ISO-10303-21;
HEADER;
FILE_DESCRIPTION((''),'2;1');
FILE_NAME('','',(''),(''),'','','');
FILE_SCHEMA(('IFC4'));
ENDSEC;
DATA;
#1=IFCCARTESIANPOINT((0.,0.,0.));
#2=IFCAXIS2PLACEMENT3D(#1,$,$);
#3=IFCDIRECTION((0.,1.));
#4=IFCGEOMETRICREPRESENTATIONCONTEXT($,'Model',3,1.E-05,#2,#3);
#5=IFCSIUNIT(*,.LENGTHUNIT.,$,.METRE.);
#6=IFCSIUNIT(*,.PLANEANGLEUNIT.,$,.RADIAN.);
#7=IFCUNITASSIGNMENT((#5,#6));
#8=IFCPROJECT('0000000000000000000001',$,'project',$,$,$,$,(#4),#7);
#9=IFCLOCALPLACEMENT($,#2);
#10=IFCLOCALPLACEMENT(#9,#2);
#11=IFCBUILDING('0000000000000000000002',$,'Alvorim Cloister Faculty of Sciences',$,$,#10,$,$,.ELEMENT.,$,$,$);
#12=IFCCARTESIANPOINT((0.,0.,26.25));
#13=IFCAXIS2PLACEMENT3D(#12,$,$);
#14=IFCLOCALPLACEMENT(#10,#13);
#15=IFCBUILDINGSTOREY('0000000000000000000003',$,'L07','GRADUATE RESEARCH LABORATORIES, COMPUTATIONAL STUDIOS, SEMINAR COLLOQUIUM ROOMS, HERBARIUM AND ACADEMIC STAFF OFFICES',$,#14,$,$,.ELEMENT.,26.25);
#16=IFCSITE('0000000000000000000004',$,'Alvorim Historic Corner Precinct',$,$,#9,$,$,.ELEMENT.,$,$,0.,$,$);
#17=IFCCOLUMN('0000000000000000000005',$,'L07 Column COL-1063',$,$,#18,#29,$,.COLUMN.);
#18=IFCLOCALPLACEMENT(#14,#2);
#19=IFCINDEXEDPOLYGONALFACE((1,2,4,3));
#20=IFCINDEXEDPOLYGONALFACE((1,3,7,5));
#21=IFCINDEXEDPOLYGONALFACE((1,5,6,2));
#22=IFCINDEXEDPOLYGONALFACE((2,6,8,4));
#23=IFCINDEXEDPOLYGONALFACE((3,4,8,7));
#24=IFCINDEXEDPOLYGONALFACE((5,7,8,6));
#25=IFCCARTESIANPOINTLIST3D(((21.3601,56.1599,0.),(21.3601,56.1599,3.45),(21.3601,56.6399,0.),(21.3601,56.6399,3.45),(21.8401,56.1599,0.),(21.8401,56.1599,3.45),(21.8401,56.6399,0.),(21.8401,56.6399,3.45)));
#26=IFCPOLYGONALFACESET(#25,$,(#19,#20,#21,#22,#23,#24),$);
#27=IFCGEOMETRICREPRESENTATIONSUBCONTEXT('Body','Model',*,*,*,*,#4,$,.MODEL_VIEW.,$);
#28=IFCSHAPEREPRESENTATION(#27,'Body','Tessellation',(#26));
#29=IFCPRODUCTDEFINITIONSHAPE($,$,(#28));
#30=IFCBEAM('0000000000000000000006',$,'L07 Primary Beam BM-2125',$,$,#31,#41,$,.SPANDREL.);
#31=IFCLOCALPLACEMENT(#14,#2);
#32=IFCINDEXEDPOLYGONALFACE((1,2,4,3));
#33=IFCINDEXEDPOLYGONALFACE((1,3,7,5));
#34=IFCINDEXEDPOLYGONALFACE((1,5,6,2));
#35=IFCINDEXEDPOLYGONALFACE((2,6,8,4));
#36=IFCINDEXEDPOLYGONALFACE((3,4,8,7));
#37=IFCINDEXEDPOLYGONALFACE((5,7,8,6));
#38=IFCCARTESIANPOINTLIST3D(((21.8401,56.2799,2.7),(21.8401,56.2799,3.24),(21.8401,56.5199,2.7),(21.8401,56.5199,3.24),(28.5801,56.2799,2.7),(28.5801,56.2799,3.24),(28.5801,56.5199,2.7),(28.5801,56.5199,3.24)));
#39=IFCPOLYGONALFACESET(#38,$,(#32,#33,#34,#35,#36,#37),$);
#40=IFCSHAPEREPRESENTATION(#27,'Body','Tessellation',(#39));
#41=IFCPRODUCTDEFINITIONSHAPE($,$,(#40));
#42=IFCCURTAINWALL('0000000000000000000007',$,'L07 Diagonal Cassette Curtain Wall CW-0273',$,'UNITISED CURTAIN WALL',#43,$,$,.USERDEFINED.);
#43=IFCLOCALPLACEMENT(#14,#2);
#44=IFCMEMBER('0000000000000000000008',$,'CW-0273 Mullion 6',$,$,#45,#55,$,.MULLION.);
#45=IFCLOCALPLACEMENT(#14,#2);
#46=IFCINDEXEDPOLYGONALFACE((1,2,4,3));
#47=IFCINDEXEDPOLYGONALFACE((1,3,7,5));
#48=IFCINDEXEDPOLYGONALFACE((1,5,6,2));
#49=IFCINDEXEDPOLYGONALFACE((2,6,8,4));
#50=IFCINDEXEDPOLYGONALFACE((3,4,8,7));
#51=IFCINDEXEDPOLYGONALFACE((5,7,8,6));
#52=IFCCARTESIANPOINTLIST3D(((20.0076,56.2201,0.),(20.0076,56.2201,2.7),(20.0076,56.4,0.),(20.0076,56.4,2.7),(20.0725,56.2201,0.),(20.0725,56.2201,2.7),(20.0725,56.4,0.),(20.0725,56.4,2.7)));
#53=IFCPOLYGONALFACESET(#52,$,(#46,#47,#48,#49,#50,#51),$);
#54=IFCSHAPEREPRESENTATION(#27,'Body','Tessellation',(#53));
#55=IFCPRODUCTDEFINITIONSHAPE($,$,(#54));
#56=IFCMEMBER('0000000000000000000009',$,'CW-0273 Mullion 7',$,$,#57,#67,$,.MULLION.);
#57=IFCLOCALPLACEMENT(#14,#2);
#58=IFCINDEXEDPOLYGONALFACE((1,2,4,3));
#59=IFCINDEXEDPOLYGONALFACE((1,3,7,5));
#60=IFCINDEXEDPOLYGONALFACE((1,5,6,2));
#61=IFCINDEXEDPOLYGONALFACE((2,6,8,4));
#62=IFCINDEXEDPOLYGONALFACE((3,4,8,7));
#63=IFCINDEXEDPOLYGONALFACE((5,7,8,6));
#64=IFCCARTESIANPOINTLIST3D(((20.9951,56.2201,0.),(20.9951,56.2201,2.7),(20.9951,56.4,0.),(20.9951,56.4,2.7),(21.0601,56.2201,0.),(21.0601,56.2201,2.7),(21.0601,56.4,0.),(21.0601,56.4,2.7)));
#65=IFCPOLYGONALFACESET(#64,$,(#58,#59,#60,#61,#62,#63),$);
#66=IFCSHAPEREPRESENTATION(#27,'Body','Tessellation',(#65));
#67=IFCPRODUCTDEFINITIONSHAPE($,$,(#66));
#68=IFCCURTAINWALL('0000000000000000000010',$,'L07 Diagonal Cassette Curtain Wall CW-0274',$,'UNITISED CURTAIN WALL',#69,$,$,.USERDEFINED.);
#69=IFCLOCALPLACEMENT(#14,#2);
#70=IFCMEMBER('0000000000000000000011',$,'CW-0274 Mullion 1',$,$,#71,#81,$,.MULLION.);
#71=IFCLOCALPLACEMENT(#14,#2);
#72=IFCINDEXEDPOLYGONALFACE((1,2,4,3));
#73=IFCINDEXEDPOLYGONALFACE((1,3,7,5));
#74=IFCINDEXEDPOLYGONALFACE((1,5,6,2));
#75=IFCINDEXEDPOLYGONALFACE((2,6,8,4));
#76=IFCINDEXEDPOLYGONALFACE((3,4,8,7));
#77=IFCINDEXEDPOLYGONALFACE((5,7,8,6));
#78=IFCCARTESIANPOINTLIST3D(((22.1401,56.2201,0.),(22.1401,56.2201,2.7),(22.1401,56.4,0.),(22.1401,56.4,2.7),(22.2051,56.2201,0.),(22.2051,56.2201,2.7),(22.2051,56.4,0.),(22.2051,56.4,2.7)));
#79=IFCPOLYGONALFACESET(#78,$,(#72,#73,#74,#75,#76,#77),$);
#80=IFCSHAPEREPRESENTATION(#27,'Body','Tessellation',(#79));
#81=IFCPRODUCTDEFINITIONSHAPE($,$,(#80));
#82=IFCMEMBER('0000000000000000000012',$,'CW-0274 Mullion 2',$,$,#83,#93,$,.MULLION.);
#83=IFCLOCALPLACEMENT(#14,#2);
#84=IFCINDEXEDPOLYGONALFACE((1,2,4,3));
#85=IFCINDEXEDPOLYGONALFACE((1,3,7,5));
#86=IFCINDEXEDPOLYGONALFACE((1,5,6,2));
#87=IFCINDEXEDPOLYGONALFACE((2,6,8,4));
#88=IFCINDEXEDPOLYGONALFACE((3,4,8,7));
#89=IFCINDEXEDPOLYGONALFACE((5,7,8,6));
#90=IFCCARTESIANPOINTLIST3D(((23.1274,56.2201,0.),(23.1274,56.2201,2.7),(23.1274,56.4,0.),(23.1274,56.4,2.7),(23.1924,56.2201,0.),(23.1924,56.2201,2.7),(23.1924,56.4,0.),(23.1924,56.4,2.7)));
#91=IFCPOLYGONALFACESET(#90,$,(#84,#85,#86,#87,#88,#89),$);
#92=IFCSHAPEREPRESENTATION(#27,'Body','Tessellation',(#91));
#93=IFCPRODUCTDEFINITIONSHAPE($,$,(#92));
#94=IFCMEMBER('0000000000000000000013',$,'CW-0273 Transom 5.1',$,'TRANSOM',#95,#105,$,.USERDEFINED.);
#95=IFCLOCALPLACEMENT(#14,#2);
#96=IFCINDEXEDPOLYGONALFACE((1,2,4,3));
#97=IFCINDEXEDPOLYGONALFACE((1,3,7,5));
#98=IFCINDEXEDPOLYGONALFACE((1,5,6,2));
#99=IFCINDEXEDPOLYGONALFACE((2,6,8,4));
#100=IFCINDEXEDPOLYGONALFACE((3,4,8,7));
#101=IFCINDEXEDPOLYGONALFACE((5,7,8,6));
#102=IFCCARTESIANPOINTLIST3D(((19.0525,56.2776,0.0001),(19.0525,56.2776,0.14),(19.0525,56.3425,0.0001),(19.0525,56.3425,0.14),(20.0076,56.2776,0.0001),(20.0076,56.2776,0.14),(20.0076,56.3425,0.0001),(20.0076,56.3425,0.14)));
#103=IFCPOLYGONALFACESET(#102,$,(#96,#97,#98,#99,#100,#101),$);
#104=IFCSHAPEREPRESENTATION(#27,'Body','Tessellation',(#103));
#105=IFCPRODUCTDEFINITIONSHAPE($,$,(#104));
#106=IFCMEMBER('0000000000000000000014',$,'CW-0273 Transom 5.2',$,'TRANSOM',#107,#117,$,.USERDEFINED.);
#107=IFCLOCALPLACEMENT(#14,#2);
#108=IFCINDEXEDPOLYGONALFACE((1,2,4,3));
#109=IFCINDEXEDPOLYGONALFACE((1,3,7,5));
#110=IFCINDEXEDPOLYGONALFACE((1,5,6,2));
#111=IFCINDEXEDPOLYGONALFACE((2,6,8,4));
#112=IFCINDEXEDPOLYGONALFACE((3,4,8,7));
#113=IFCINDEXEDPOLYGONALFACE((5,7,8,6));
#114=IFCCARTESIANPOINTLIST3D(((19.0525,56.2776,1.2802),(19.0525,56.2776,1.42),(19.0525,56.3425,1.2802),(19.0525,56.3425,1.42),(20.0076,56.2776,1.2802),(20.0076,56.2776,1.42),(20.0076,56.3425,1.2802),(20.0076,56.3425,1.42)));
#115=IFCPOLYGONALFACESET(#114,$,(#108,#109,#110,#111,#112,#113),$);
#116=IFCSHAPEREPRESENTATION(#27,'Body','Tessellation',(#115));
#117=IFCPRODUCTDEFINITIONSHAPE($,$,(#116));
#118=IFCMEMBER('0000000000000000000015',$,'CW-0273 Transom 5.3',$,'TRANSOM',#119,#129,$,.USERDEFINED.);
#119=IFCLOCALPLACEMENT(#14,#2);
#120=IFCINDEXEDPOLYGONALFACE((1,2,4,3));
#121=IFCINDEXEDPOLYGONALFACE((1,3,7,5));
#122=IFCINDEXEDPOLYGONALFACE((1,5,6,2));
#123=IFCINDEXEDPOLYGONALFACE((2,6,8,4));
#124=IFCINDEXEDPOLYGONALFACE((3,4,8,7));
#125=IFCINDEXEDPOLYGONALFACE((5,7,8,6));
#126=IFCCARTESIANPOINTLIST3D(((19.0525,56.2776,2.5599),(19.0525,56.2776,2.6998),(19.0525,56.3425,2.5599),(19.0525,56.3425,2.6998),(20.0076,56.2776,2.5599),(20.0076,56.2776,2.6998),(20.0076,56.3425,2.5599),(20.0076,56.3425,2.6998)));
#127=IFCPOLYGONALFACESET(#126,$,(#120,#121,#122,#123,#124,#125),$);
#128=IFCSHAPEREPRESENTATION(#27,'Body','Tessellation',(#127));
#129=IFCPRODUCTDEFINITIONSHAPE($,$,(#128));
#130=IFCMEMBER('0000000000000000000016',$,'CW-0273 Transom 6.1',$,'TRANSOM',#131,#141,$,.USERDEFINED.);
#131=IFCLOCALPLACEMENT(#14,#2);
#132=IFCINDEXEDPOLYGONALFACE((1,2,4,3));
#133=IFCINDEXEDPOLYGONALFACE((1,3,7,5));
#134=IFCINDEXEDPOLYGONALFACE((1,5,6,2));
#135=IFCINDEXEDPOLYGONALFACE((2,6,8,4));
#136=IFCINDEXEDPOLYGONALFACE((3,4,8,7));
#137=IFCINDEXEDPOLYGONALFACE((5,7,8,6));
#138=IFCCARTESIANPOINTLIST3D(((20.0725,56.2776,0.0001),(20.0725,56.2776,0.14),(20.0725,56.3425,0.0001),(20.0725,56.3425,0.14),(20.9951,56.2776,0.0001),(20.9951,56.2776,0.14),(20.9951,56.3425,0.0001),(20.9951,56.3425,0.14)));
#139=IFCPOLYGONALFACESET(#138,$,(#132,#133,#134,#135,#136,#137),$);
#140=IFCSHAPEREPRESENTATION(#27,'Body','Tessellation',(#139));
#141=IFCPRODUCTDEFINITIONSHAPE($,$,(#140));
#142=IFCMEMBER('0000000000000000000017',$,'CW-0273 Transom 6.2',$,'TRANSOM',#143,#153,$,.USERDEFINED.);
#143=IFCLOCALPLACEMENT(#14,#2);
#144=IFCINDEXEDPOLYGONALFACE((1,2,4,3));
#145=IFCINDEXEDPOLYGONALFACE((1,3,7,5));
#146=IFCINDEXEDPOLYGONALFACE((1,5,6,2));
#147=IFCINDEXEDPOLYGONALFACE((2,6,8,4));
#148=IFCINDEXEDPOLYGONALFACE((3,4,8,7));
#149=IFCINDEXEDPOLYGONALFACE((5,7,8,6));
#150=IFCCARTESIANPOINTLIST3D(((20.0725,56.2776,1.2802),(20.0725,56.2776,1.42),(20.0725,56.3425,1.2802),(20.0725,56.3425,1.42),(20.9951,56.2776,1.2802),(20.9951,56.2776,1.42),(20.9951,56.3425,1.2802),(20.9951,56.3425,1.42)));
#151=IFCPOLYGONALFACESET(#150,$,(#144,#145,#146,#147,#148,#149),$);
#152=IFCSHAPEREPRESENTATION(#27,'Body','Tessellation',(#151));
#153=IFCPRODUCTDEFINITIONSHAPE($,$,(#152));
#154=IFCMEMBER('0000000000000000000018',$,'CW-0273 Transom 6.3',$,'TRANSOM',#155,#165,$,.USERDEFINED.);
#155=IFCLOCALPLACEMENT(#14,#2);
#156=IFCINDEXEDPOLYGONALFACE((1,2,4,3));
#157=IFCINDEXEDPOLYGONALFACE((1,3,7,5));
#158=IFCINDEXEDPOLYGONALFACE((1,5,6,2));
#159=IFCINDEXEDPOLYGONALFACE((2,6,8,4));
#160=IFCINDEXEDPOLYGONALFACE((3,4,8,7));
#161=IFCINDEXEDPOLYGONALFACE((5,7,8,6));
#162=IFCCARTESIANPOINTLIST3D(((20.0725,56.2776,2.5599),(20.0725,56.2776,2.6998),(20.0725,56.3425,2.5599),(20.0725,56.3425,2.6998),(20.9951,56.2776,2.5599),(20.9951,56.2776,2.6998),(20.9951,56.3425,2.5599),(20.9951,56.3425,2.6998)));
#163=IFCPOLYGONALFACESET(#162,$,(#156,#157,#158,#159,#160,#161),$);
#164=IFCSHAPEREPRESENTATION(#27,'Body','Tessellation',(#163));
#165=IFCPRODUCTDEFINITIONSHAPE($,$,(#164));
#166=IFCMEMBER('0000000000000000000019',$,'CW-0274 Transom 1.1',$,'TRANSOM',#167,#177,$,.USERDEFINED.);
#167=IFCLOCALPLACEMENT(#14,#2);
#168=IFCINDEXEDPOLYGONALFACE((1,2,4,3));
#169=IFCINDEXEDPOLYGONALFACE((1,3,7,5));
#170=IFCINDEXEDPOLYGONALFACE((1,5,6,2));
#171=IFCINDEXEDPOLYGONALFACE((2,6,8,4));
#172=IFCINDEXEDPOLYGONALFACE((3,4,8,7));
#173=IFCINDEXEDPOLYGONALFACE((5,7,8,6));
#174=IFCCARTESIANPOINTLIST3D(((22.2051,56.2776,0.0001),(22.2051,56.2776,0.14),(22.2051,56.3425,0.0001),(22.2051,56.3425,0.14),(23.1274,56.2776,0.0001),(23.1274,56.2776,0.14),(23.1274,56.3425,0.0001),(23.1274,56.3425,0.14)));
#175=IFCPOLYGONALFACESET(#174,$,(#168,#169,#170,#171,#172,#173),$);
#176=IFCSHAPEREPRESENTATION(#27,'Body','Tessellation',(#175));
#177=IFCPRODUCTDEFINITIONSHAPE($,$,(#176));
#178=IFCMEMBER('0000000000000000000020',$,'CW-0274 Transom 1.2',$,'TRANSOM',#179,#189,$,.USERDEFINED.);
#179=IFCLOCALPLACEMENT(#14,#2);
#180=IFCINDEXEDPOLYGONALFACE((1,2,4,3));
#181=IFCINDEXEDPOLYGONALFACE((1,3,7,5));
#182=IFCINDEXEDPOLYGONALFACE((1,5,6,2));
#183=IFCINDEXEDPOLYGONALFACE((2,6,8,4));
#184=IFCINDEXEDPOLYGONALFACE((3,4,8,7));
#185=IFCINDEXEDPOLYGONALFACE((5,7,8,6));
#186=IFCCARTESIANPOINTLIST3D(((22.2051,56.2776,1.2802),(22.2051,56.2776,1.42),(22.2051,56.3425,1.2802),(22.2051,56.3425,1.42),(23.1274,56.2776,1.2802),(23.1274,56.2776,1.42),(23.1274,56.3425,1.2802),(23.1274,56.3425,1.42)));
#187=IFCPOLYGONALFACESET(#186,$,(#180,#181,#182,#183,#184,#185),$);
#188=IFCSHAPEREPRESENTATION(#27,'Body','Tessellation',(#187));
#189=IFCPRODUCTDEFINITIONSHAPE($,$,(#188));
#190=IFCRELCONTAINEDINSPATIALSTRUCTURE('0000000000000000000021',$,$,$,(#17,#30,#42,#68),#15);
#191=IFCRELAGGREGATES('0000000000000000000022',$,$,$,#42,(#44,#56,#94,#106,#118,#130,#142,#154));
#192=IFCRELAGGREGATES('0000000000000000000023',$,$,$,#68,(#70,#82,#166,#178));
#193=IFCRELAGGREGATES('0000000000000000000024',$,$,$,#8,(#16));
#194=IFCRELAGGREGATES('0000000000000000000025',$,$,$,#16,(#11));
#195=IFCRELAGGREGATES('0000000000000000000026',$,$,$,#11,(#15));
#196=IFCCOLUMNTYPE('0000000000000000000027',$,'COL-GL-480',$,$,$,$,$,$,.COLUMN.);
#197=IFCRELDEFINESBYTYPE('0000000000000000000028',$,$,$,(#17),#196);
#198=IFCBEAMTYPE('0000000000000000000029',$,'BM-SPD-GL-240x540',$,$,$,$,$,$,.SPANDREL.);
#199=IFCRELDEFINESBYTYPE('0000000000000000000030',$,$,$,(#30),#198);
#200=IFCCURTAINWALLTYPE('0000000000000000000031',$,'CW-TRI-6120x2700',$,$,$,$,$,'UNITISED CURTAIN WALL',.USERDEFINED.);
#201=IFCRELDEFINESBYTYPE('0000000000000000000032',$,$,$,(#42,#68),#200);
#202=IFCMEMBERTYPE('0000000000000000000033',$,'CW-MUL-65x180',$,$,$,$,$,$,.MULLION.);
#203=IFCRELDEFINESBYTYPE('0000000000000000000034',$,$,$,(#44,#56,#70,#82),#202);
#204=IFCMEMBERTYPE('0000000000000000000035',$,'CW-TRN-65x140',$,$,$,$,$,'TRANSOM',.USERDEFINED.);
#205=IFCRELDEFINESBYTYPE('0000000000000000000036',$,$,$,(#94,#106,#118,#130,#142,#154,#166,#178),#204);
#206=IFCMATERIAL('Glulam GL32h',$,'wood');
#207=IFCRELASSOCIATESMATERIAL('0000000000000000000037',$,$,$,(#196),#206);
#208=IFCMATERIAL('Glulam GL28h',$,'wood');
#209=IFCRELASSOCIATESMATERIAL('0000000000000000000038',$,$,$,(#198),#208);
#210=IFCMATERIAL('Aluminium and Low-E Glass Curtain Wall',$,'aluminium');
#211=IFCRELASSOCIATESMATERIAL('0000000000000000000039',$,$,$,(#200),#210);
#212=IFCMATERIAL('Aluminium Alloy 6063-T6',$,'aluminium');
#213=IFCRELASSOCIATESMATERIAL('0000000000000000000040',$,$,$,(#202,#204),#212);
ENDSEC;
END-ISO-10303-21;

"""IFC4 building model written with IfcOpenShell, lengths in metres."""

from ifc_helpers import new_model, si_unit, direction, frame, origin, origin_2d, place, context, subcontext, project, spatial, rectangle, extrude, material, material_profile, profile_set, type_object, element, aggregate, save


model = new_model("IFC4")

# Units and contexts
model_context = context("Model", 3, precision=1e-05, world=origin(), true_north=direction((0.0, 1.0)))
body_context = subcontext(model_context, "Body", "Model", "MODEL_VIEW")
ifc_project = project(units=[si_unit("LENGTHUNIT", "METRE"), si_unit("PLANEANGLEUNIT", "RADIAN")], contexts=[model_context])

# Site, building, storey
site_placement = place(None, origin())
site = spatial("IfcSite", under=ifc_project, at=site_placement, Name="Alvorim Historic Corner Precinct", CompositionType="ELEMENT", RefElevation=0.0)
building_placement = place(site_placement, origin())
building = spatial("IfcBuilding", under=site, at=building_placement, Name="Alvorim Cloister Faculty of Sciences", CompositionType="ELEMENT")
storey_placement = place(building_placement, frame((0.0, 0.0, 26.25)))
storey = spatial("IfcBuildingStorey", under=building, at=storey_placement, Name="L07", Description="GRADUATE RESEARCH LABORATORIES, COMPUTATIONAL STUDIOS, SEMINAR COLLOQUIUM ROOMS, HERBARIUM AND ACADEMIC STAFF OFFICES", CompositionType="ELEMENT", Elevation=26.25)

# Column
ifc_material_1 = material(Name="Glulam GL32h", Category="wood")
ifc_material_profile_1 = material_profile(ifc_material_1, rectangle(XDim=0.48, YDim=0.48, at=origin_2d()), Name="GL32-COL-480x480")
ifc_profile_set_1 = profile_set([ifc_material_profile_1], Name="Glulam GL32h")
column_type = type_object("IfcColumnType", Name="COL-GL-480", PredefinedType="COLUMN", material=ifc_profile_set_1)
column_placement = place(storey_placement, frame((21.6001, 56.3999, 0.0), z_axis=(0.0, 0.0, 1.0), x_axis=(1.0, 0.0, 0.0)))
element("IfcColumn", 1, at=column_placement, inside=storey, type_object=column_type, Name="L07 Column COL-1063", PredefinedType="COLUMN", context=body_context, shape_type="SweptSolid", body=[
    extrude(rectangle(XDim=0.48, YDim=0.48, at=origin_2d()), origin(), (0.0, 0.0, 1.0), 3.45),
])

# Beam
ifc_material_2 = material(Name="Glulam GL28h", Category="wood")
ifc_material_profile_2 = material_profile(ifc_material_2, rectangle(XDim=0.24, YDim=0.54, at=origin_2d()), Name="GL28-SPD-240x540")
ifc_profile_set_2 = profile_set([ifc_material_profile_2], Name="Glulam GL28h")
beam_type = type_object("IfcBeamType", Name="BM-SPD-GL-240x540", PredefinedType="SPANDREL", material=ifc_profile_set_2)
beam_placement = place(storey_placement, frame((21.8401, 56.3999, 2.97), z_axis=(1.0, 0.0, 0.0), x_axis=(0.0, 1.0, 0.0)))
element("IfcBeam", 2, at=beam_placement, inside=storey, type_object=beam_type, Name="L07 Primary Beam BM-2125", PredefinedType="SPANDREL", context=body_context, shape_type="SweptSolid", body=[
    extrude(rectangle(XDim=0.24, YDim=0.54, at=origin_2d()), origin(), (0.0, 0.0, 1.0), 6.74),
])

# Curtain walls, members
ifc_material_3 = material(Name="Aluminium and Low-E Glass Curtain Wall", Category="aluminium")
curtain_wall_type = type_object("IfcCurtainWallType", Name="CW-TRI-6120x2700", ElementType="UNITISED CURTAIN WALL", PredefinedType="USERDEFINED", material=ifc_material_3)
curtain_wall_1_placement = place(storey_placement, origin())
curtain_wall_1 = element("IfcCurtainWall", 3, at=curtain_wall_1_placement, inside=storey, type_object=curtain_wall_type, Name="L07 Diagonal Cassette Curtain Wall CW-0273", ObjectType="UNITISED CURTAIN WALL", PredefinedType="USERDEFINED")
ifc_material_4 = material(Name="Aluminium Alloy 6063-T6", Category="aluminium")
ifc_material_profile_3 = material_profile(ifc_material_4, rectangle(XDim=0.0649, YDim=0.1799, at=origin_2d()), Name="ALU-MUL-65x180")
ifc_profile_set_3 = profile_set([ifc_material_profile_3], Name="Aluminium Alloy 6063-T6")
member_type_1 = type_object("IfcMemberType", Name="CW-MUL-65x180", PredefinedType="MULLION", material=ifc_profile_set_3)
member_1_placement = place(storey_placement, frame((20.04, 56.3101, 0.0), z_axis=(0.0, 0.0, 1.0), x_axis=(1.0, 0.0, 0.0)))
member_1 = element("IfcMember", 4, at=member_1_placement, type_object=member_type_1, Name="CW-0273 Mullion 6", PredefinedType="MULLION", context=body_context, shape_type="SweptSolid", body=[
    extrude(rectangle(XDim=0.0649, YDim=0.1799, at=origin_2d()), origin(), (0.0, 0.0, 1.0), 2.7),
])
member_2_placement = place(storey_placement, frame((21.0276, 56.3101, 0.0), z_axis=(0.0, 0.0, 1.0), x_axis=(1.0, 0.0, 0.0)))
member_2 = element("IfcMember", 5, at=member_2_placement, type_object=member_type_1, Name="CW-0273 Mullion 7", PredefinedType="MULLION", context=body_context, shape_type="SweptSolid", body=[
    extrude(rectangle(XDim=0.0649, YDim=0.1799, at=origin_2d()), origin(), (0.0, 0.0, 1.0), 2.7),
])
curtain_wall_2_placement = place(storey_placement, origin())
curtain_wall_2 = element("IfcCurtainWall", 6, at=curtain_wall_2_placement, inside=storey, type_object=curtain_wall_type, Name="L07 Diagonal Cassette Curtain Wall CW-0274", ObjectType="UNITISED CURTAIN WALL", PredefinedType="USERDEFINED")
member_3_placement = place(storey_placement, frame((22.1726, 56.3101, 0.0), z_axis=(0.0, 0.0, 1.0), x_axis=(1.0, 0.0, 0.0)))
member_3 = element("IfcMember", 7, at=member_3_placement, type_object=member_type_1, Name="CW-0274 Mullion 1", PredefinedType="MULLION", context=body_context, shape_type="SweptSolid", body=[
    extrude(rectangle(XDim=0.0649, YDim=0.1799, at=origin_2d()), origin(), (0.0, 0.0, 1.0), 2.7),
])
member_4_placement = place(storey_placement, frame((23.1599, 56.3101, 0.0), z_axis=(0.0, 0.0, 1.0), x_axis=(1.0, 0.0, 0.0)))
member_4 = element("IfcMember", 8, at=member_4_placement, type_object=member_type_1, Name="CW-0274 Mullion 2", PredefinedType="MULLION", context=body_context, shape_type="SweptSolid", body=[
    extrude(rectangle(XDim=0.0649, YDim=0.1799, at=origin_2d()), origin(), (0.0, 0.0, 1.0), 2.7),
])

# Members
ifc_material_profile_4 = material_profile(ifc_material_4, rectangle(XDim=0.0649, YDim=0.1399, at=origin_2d()), Name="ALU-TRN-65x140")
ifc_profile_set_4 = profile_set([ifc_material_profile_4], Name="Aluminium Alloy 6063-T6")
member_type_2 = type_object("IfcMemberType", Name="CW-TRN-65x140", ElementType="TRANSOM", PredefinedType="USERDEFINED", material=ifc_profile_set_4)
member_5_placement = place(storey_placement, frame((19.0525, 56.3101, 0.0701), z_axis=(1.0, 0.0, 0.0), x_axis=(0.0, 1.0, 0.0)))
member_5 = element("IfcMember", 9, at=member_5_placement, type_object=member_type_2, Name="CW-0273 Transom 5.1", ObjectType="TRANSOM", PredefinedType="USERDEFINED", context=body_context, shape_type="SweptSolid", body=[
    extrude(rectangle(XDim=0.0649, YDim=0.1399, at=origin_2d()), origin(), (0.0, 0.0, 1.0), 0.9551),
])
member_6_placement = place(storey_placement, frame((19.0525, 56.3101, 1.3501), z_axis=(1.0, 0.0, 0.0), x_axis=(0.0, 1.0, 0.0)))
member_6 = element("IfcMember", 10, at=member_6_placement, type_object=member_type_2, Name="CW-0273 Transom 5.2", ObjectType="TRANSOM", PredefinedType="USERDEFINED", context=body_context, shape_type="SweptSolid", body=[
    extrude(rectangle(XDim=0.0649, YDim=0.1399, at=origin_2d()), origin(), (0.0, 0.0, 1.0), 0.9551),
])
member_7_placement = place(storey_placement, frame((19.0525, 56.3101, 2.6299), z_axis=(1.0, 0.0, 0.0), x_axis=(0.0, 1.0, 0.0)))
member_7 = element("IfcMember", 11, at=member_7_placement, type_object=member_type_2, Name="CW-0273 Transom 5.3", ObjectType="TRANSOM", PredefinedType="USERDEFINED", context=body_context, shape_type="SweptSolid", body=[
    extrude(rectangle(XDim=0.0649, YDim=0.1399, at=origin_2d()), origin(), (0.0, 0.0, 1.0), 0.9551),
])
member_8_placement = place(storey_placement, frame((20.0725, 56.3101, 0.0701), z_axis=(1.0, 0.0, 0.0), x_axis=(0.0, 1.0, 0.0)))
member_8 = element("IfcMember", 12, at=member_8_placement, type_object=member_type_2, Name="CW-0273 Transom 6.1", ObjectType="TRANSOM", PredefinedType="USERDEFINED", context=body_context, shape_type="SweptSolid", body=[
    extrude(rectangle(XDim=0.0649, YDim=0.1399, at=origin_2d()), origin(), (0.0, 0.0, 1.0), 0.9226),
])
member_9_placement = place(storey_placement, frame((20.0725, 56.3101, 1.3501), z_axis=(1.0, 0.0, 0.0), x_axis=(0.0, 1.0, 0.0)))
member_9 = element("IfcMember", 13, at=member_9_placement, type_object=member_type_2, Name="CW-0273 Transom 6.2", ObjectType="TRANSOM", PredefinedType="USERDEFINED", context=body_context, shape_type="SweptSolid", body=[
    extrude(rectangle(XDim=0.0649, YDim=0.1399, at=origin_2d()), origin(), (0.0, 0.0, 1.0), 0.9226),
])
member_10_placement = place(storey_placement, frame((20.0725, 56.3101, 2.6299), z_axis=(1.0, 0.0, 0.0), x_axis=(0.0, 1.0, 0.0)))
member_10 = element("IfcMember", 14, at=member_10_placement, type_object=member_type_2, Name="CW-0273 Transom 6.3", ObjectType="TRANSOM", PredefinedType="USERDEFINED", context=body_context, shape_type="SweptSolid", body=[
    extrude(rectangle(XDim=0.0649, YDim=0.1399, at=origin_2d()), origin(), (0.0, 0.0, 1.0), 0.9226),
])
member_11_placement = place(storey_placement, frame((22.2051, 56.3101, 0.0701), z_axis=(1.0, 0.0, 0.0), x_axis=(0.0, 1.0, 0.0)))
member_11 = element("IfcMember", 15, at=member_11_placement, type_object=member_type_2, Name="CW-0274 Transom 1.1", ObjectType="TRANSOM", PredefinedType="USERDEFINED", context=body_context, shape_type="SweptSolid", body=[
    extrude(rectangle(XDim=0.0649, YDim=0.1399, at=origin_2d()), origin(), (0.0, 0.0, 1.0), 0.9224),
])
member_12_placement = place(storey_placement, frame((22.2051, 56.3101, 1.3501), z_axis=(1.0, 0.0, 0.0), x_axis=(0.0, 1.0, 0.0)))
member_12 = element("IfcMember", 16, at=member_12_placement, type_object=member_type_2, Name="CW-0274 Transom 1.2", ObjectType="TRANSOM", PredefinedType="USERDEFINED", context=body_context, shape_type="SweptSolid", body=[
    extrude(rectangle(XDim=0.0649, YDim=0.1399, at=origin_2d()), origin(), (0.0, 0.0, 1.0), 0.9224),
])

aggregate(curtain_wall_1, [member_1, member_2, member_5, member_6, member_7, member_8, member_9, member_10])
aggregate(curtain_wall_2, [member_3, member_4, member_11, member_12])

save(model, "model.ifc")
